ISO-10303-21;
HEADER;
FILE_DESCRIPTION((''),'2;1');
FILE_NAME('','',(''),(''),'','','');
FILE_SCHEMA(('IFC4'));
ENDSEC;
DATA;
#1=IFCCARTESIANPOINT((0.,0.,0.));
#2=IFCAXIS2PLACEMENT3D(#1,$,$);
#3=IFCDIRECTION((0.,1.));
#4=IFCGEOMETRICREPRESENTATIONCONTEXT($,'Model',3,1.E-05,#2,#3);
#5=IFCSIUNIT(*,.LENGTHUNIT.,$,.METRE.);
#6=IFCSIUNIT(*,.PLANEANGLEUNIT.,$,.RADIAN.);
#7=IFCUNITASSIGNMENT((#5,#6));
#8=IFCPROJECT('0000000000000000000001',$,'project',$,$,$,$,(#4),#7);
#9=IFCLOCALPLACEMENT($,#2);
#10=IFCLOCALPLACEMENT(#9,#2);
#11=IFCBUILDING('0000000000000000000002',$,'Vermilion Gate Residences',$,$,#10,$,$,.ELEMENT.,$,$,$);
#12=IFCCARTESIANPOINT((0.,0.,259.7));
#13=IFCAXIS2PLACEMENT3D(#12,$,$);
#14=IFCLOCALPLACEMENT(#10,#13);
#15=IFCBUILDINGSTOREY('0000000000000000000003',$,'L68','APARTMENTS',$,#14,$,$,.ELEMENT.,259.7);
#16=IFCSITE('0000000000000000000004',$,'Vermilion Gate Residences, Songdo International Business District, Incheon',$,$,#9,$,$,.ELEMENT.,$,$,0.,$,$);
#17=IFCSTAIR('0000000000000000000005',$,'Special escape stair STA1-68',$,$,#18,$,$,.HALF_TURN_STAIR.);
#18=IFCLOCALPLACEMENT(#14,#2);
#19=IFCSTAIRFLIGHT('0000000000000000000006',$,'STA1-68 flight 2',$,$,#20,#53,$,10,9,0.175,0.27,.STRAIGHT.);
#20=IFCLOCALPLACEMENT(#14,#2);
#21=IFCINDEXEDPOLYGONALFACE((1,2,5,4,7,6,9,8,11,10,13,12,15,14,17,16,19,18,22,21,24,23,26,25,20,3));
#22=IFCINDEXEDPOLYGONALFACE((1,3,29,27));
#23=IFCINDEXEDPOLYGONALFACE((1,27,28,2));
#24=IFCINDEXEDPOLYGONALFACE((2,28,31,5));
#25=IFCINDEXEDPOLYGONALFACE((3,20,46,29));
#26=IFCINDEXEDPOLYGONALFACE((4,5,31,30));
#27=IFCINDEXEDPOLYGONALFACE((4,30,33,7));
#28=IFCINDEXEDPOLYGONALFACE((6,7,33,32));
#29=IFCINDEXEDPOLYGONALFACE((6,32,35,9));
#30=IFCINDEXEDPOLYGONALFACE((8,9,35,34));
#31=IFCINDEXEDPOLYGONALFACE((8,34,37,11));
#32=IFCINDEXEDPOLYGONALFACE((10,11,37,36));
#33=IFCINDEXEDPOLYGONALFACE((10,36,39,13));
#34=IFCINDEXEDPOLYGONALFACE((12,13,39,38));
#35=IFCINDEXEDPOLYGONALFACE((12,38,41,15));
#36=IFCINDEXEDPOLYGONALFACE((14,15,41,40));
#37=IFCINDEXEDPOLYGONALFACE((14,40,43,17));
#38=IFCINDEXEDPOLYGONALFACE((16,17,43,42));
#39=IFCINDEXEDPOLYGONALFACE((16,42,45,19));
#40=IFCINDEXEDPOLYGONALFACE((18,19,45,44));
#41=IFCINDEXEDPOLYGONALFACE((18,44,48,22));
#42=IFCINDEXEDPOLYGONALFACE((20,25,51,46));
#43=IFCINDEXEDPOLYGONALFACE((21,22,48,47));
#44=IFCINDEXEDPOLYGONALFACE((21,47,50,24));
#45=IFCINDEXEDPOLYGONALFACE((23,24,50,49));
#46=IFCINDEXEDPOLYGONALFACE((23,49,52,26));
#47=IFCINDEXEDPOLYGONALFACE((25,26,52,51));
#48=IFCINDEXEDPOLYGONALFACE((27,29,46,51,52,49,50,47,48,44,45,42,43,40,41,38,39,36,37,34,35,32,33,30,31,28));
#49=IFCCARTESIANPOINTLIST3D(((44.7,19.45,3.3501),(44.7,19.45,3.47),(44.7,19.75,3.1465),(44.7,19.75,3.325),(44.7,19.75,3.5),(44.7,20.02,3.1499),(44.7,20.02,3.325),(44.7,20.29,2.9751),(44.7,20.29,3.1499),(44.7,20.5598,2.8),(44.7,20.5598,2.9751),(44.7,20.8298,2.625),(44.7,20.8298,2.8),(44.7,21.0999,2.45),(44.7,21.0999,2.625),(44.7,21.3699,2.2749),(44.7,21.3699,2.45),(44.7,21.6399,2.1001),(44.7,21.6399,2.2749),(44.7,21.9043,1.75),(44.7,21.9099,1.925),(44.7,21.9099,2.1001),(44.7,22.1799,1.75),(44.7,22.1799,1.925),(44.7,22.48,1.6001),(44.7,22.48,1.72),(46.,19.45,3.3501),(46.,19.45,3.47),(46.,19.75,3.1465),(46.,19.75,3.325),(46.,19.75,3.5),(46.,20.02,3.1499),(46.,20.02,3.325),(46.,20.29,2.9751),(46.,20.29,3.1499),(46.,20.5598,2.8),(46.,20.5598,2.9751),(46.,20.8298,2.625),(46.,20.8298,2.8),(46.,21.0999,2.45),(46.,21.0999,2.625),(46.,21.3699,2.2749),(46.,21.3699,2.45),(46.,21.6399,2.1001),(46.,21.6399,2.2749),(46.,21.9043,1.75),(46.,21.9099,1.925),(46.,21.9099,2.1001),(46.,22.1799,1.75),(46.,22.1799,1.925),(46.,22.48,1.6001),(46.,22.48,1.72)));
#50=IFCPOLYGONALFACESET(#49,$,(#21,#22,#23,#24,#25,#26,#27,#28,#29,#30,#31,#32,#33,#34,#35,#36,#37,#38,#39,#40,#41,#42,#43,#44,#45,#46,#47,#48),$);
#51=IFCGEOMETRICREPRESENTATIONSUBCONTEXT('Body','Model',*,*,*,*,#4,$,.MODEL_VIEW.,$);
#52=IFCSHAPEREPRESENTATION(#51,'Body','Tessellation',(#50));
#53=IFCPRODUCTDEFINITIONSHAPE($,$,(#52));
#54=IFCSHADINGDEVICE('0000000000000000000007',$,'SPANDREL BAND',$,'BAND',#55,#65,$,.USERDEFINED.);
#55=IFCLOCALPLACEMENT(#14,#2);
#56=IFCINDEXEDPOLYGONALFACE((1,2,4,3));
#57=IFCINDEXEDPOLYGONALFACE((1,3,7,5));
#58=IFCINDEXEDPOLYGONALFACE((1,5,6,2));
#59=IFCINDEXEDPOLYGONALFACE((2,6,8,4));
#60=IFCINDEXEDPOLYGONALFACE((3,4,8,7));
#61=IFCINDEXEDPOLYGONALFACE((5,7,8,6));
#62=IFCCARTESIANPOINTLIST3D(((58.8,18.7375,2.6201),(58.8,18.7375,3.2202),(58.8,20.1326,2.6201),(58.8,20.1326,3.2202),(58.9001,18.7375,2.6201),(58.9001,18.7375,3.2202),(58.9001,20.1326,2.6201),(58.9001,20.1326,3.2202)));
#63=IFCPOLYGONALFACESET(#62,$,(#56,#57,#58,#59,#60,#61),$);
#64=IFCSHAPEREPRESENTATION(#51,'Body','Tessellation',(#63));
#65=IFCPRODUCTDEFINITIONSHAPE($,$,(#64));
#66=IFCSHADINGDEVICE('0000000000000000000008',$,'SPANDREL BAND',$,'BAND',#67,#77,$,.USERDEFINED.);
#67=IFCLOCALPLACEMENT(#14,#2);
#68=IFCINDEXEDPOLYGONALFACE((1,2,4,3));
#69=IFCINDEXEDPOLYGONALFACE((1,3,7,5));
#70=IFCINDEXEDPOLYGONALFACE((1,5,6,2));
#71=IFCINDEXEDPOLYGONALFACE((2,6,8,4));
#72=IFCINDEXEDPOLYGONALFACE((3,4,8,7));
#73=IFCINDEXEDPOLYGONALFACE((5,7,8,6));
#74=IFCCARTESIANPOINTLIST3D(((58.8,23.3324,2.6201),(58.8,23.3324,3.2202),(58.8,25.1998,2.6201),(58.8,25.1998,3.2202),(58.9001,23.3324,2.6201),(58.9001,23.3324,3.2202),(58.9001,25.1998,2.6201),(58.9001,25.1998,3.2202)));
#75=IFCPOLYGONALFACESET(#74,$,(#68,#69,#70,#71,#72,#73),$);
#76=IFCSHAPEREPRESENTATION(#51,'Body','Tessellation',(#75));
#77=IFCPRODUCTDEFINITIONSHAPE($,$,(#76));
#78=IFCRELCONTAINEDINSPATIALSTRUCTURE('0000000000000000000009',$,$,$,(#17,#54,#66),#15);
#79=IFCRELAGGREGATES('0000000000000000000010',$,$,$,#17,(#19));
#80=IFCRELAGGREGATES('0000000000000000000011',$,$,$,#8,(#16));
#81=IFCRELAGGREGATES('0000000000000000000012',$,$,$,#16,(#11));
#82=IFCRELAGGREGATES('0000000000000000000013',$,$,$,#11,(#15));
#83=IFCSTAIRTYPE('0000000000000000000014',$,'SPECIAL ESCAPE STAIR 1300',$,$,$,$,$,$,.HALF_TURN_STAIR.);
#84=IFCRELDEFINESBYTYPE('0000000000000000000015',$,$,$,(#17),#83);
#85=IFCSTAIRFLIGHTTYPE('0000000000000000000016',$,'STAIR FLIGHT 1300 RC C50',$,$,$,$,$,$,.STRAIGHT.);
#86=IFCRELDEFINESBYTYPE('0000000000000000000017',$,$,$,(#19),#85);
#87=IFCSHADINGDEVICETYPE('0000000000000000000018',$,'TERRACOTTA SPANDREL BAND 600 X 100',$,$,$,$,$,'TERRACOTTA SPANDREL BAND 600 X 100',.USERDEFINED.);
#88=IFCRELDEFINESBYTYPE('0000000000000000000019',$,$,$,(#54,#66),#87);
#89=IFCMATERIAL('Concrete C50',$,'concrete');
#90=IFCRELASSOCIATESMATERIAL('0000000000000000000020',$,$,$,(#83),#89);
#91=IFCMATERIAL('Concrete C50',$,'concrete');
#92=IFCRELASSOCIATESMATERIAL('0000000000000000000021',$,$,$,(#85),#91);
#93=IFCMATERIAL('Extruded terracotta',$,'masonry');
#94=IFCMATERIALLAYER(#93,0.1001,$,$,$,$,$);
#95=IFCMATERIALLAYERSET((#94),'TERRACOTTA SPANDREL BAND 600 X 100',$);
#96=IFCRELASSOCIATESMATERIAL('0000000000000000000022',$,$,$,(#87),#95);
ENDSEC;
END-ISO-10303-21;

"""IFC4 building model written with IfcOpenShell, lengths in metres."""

from ifc_helpers import new_model, si_unit, direction, frame, origin, origin_2d, place, context, subcontext, project, spatial, polyline, rectangle, outline, extrude, material, layer, layer_set, type_object, element, aggregate, save


model = new_model("IFC4")

# Units and contexts
model_context = context("Model", 3, precision=1e-05, world=origin(), true_north=direction((0.0, 1.0)))
body_context = subcontext(model_context, "Body", "Model", "MODEL_VIEW")
ifc_project = project(units=[si_unit("LENGTHUNIT", "METRE"), si_unit("PLANEANGLEUNIT", "RADIAN")], contexts=[model_context])

# Site, building, storey
site_placement = place(None, origin())
site = spatial("IfcSite", under=ifc_project, at=site_placement, Name="Vermilion Gate Residences, Songdo International Business District, Incheon", CompositionType="ELEMENT", RefElevation=0.0)
building_placement = place(site_placement, origin())
building = spatial("IfcBuilding", under=site, at=building_placement, Name="Vermilion Gate Residences", CompositionType="ELEMENT")
storey_placement = place(building_placement, frame((0.0, 0.0, 259.7)))
storey = spatial("IfcBuildingStorey", under=building, at=storey_placement, Name="L68", Description="APARTMENTS", CompositionType="ELEMENT", Elevation=259.7)

# Stair, stair flight
ifc_material_1 = material(Name="Concrete C50", Category="concrete")
stair_type = type_object("IfcStairType", Name="SPECIAL ESCAPE STAIR 1300", PredefinedType="HALF_TURN_STAIR", material=ifc_material_1)
stair_placement = place(storey_placement, origin())
stair = element("IfcStair", 1, at=stair_placement, inside=storey, type_object=stair_type, Name="Special escape stair STA1-68", PredefinedType="HALF_TURN_STAIR")
ifc_material_2 = material(Name="Concrete C50", Category="concrete")
stair_flight_type = type_object("IfcStairFlightType", Name="STAIR FLIGHT 1300 RC C50", PredefinedType="STRAIGHT", material=ifc_material_2)
stair_flight_1_placement = place(storey_placement, frame((45.3501, 22.1799, 1.75), z_axis=(0.0, 0.0, 1.0), x_axis=(0.0, -1.0, 0.0)))
stair_flight_1 = element("IfcStairFlight", 2, at=stair_flight_1_placement, type_object=stair_flight_type, Name="STA1-68 flight 2", NumberOfRisers=10, NumberOfTreads=9, PredefinedType="STRAIGHT", RiserHeight=0.175, TreadLength=0.27, context=body_context, shape_type="SweptSolid", body=[
    extrude(outline(polyline([(-0.3, -0.1499), (-0.3, -0.03), (0.0, 0.0), (0.0, 0.175), (0.27, 0.175), (0.27, 0.3501), (0.54, 0.3501), (0.54, 0.5249), (0.8101, 0.5249), (0.8101, 0.7), (1.0801, 0.7), (1.0801, 0.875), (1.3501, 0.875), (1.3501, 1.05), (1.6201, 1.05), (1.6201, 1.2251), (1.8899, 1.2251), (1.8899, 1.3999), (2.1599, 1.3999), (2.1599, 1.575), (2.4299, 1.575), (2.4299, 1.75), (2.73, 1.72), (2.73, 1.6001), (2.4299, 1.3965), (0.2756, 0.0), (-0.3, -0.1499)])), frame((0.0, 0.6499, 0.0), z_axis=(0.0, -1.0, 0.0), x_axis=(1.0, 0.0, 0.0)), (0.0, 0.0, 1.0), 1.3),
])
aggregate(stair, [stair_flight_1])

# Shading devices
ifc_material_3 = material(Name="Extruded terracotta", Category="masonry")
ifc_layer_1 = layer(ifc_material_3, 0.1001)
ifc_layer_set_1 = layer_set([ifc_layer_1], Name="TERRACOTTA SPANDREL BAND 600 X 100")
shading_device_type = type_object("IfcShadingDeviceType", Name="TERRACOTTA SPANDREL BAND 600 X 100", ElementType="TERRACOTTA SPANDREL BAND 600 X 100", PredefinedType="USERDEFINED", material=ifc_layer_set_1)
shading_device_1_placement = place(storey_placement, frame((58.8501, 19.4351, 2.6201), z_axis=(0.0, 0.0, 1.0), x_axis=(0.0, 1.0, 0.0)))
element("IfcShadingDevice", 3, at=shading_device_1_placement, inside=storey, type_object=shading_device_type, Name="SPANDREL BAND", ObjectType="BAND", PredefinedType="USERDEFINED", context=body_context, shape_type="SweptSolid", body=[
    extrude(rectangle(XDim=1.395, YDim=0.1001, at=origin_2d()), origin(), (0.0, 0.0, 1.0), 0.6001),
])
shading_device_2_placement = place(storey_placement, frame((58.8501, 24.2661, 2.6201), z_axis=(0.0, 0.0, 1.0), x_axis=(0.0, 1.0, 0.0)))
element("IfcShadingDevice", 4, at=shading_device_2_placement, inside=storey, type_object=shading_device_type, Name="SPANDREL BAND", ObjectType="BAND", PredefinedType="USERDEFINED", context=body_context, shape_type="SweptSolid", body=[
    extrude(rectangle(XDim=1.8674, YDim=0.1001, at=origin_2d()), origin(), (0.0, 0.0, 1.0), 0.6001),
])

save(model, "model.ifc")
